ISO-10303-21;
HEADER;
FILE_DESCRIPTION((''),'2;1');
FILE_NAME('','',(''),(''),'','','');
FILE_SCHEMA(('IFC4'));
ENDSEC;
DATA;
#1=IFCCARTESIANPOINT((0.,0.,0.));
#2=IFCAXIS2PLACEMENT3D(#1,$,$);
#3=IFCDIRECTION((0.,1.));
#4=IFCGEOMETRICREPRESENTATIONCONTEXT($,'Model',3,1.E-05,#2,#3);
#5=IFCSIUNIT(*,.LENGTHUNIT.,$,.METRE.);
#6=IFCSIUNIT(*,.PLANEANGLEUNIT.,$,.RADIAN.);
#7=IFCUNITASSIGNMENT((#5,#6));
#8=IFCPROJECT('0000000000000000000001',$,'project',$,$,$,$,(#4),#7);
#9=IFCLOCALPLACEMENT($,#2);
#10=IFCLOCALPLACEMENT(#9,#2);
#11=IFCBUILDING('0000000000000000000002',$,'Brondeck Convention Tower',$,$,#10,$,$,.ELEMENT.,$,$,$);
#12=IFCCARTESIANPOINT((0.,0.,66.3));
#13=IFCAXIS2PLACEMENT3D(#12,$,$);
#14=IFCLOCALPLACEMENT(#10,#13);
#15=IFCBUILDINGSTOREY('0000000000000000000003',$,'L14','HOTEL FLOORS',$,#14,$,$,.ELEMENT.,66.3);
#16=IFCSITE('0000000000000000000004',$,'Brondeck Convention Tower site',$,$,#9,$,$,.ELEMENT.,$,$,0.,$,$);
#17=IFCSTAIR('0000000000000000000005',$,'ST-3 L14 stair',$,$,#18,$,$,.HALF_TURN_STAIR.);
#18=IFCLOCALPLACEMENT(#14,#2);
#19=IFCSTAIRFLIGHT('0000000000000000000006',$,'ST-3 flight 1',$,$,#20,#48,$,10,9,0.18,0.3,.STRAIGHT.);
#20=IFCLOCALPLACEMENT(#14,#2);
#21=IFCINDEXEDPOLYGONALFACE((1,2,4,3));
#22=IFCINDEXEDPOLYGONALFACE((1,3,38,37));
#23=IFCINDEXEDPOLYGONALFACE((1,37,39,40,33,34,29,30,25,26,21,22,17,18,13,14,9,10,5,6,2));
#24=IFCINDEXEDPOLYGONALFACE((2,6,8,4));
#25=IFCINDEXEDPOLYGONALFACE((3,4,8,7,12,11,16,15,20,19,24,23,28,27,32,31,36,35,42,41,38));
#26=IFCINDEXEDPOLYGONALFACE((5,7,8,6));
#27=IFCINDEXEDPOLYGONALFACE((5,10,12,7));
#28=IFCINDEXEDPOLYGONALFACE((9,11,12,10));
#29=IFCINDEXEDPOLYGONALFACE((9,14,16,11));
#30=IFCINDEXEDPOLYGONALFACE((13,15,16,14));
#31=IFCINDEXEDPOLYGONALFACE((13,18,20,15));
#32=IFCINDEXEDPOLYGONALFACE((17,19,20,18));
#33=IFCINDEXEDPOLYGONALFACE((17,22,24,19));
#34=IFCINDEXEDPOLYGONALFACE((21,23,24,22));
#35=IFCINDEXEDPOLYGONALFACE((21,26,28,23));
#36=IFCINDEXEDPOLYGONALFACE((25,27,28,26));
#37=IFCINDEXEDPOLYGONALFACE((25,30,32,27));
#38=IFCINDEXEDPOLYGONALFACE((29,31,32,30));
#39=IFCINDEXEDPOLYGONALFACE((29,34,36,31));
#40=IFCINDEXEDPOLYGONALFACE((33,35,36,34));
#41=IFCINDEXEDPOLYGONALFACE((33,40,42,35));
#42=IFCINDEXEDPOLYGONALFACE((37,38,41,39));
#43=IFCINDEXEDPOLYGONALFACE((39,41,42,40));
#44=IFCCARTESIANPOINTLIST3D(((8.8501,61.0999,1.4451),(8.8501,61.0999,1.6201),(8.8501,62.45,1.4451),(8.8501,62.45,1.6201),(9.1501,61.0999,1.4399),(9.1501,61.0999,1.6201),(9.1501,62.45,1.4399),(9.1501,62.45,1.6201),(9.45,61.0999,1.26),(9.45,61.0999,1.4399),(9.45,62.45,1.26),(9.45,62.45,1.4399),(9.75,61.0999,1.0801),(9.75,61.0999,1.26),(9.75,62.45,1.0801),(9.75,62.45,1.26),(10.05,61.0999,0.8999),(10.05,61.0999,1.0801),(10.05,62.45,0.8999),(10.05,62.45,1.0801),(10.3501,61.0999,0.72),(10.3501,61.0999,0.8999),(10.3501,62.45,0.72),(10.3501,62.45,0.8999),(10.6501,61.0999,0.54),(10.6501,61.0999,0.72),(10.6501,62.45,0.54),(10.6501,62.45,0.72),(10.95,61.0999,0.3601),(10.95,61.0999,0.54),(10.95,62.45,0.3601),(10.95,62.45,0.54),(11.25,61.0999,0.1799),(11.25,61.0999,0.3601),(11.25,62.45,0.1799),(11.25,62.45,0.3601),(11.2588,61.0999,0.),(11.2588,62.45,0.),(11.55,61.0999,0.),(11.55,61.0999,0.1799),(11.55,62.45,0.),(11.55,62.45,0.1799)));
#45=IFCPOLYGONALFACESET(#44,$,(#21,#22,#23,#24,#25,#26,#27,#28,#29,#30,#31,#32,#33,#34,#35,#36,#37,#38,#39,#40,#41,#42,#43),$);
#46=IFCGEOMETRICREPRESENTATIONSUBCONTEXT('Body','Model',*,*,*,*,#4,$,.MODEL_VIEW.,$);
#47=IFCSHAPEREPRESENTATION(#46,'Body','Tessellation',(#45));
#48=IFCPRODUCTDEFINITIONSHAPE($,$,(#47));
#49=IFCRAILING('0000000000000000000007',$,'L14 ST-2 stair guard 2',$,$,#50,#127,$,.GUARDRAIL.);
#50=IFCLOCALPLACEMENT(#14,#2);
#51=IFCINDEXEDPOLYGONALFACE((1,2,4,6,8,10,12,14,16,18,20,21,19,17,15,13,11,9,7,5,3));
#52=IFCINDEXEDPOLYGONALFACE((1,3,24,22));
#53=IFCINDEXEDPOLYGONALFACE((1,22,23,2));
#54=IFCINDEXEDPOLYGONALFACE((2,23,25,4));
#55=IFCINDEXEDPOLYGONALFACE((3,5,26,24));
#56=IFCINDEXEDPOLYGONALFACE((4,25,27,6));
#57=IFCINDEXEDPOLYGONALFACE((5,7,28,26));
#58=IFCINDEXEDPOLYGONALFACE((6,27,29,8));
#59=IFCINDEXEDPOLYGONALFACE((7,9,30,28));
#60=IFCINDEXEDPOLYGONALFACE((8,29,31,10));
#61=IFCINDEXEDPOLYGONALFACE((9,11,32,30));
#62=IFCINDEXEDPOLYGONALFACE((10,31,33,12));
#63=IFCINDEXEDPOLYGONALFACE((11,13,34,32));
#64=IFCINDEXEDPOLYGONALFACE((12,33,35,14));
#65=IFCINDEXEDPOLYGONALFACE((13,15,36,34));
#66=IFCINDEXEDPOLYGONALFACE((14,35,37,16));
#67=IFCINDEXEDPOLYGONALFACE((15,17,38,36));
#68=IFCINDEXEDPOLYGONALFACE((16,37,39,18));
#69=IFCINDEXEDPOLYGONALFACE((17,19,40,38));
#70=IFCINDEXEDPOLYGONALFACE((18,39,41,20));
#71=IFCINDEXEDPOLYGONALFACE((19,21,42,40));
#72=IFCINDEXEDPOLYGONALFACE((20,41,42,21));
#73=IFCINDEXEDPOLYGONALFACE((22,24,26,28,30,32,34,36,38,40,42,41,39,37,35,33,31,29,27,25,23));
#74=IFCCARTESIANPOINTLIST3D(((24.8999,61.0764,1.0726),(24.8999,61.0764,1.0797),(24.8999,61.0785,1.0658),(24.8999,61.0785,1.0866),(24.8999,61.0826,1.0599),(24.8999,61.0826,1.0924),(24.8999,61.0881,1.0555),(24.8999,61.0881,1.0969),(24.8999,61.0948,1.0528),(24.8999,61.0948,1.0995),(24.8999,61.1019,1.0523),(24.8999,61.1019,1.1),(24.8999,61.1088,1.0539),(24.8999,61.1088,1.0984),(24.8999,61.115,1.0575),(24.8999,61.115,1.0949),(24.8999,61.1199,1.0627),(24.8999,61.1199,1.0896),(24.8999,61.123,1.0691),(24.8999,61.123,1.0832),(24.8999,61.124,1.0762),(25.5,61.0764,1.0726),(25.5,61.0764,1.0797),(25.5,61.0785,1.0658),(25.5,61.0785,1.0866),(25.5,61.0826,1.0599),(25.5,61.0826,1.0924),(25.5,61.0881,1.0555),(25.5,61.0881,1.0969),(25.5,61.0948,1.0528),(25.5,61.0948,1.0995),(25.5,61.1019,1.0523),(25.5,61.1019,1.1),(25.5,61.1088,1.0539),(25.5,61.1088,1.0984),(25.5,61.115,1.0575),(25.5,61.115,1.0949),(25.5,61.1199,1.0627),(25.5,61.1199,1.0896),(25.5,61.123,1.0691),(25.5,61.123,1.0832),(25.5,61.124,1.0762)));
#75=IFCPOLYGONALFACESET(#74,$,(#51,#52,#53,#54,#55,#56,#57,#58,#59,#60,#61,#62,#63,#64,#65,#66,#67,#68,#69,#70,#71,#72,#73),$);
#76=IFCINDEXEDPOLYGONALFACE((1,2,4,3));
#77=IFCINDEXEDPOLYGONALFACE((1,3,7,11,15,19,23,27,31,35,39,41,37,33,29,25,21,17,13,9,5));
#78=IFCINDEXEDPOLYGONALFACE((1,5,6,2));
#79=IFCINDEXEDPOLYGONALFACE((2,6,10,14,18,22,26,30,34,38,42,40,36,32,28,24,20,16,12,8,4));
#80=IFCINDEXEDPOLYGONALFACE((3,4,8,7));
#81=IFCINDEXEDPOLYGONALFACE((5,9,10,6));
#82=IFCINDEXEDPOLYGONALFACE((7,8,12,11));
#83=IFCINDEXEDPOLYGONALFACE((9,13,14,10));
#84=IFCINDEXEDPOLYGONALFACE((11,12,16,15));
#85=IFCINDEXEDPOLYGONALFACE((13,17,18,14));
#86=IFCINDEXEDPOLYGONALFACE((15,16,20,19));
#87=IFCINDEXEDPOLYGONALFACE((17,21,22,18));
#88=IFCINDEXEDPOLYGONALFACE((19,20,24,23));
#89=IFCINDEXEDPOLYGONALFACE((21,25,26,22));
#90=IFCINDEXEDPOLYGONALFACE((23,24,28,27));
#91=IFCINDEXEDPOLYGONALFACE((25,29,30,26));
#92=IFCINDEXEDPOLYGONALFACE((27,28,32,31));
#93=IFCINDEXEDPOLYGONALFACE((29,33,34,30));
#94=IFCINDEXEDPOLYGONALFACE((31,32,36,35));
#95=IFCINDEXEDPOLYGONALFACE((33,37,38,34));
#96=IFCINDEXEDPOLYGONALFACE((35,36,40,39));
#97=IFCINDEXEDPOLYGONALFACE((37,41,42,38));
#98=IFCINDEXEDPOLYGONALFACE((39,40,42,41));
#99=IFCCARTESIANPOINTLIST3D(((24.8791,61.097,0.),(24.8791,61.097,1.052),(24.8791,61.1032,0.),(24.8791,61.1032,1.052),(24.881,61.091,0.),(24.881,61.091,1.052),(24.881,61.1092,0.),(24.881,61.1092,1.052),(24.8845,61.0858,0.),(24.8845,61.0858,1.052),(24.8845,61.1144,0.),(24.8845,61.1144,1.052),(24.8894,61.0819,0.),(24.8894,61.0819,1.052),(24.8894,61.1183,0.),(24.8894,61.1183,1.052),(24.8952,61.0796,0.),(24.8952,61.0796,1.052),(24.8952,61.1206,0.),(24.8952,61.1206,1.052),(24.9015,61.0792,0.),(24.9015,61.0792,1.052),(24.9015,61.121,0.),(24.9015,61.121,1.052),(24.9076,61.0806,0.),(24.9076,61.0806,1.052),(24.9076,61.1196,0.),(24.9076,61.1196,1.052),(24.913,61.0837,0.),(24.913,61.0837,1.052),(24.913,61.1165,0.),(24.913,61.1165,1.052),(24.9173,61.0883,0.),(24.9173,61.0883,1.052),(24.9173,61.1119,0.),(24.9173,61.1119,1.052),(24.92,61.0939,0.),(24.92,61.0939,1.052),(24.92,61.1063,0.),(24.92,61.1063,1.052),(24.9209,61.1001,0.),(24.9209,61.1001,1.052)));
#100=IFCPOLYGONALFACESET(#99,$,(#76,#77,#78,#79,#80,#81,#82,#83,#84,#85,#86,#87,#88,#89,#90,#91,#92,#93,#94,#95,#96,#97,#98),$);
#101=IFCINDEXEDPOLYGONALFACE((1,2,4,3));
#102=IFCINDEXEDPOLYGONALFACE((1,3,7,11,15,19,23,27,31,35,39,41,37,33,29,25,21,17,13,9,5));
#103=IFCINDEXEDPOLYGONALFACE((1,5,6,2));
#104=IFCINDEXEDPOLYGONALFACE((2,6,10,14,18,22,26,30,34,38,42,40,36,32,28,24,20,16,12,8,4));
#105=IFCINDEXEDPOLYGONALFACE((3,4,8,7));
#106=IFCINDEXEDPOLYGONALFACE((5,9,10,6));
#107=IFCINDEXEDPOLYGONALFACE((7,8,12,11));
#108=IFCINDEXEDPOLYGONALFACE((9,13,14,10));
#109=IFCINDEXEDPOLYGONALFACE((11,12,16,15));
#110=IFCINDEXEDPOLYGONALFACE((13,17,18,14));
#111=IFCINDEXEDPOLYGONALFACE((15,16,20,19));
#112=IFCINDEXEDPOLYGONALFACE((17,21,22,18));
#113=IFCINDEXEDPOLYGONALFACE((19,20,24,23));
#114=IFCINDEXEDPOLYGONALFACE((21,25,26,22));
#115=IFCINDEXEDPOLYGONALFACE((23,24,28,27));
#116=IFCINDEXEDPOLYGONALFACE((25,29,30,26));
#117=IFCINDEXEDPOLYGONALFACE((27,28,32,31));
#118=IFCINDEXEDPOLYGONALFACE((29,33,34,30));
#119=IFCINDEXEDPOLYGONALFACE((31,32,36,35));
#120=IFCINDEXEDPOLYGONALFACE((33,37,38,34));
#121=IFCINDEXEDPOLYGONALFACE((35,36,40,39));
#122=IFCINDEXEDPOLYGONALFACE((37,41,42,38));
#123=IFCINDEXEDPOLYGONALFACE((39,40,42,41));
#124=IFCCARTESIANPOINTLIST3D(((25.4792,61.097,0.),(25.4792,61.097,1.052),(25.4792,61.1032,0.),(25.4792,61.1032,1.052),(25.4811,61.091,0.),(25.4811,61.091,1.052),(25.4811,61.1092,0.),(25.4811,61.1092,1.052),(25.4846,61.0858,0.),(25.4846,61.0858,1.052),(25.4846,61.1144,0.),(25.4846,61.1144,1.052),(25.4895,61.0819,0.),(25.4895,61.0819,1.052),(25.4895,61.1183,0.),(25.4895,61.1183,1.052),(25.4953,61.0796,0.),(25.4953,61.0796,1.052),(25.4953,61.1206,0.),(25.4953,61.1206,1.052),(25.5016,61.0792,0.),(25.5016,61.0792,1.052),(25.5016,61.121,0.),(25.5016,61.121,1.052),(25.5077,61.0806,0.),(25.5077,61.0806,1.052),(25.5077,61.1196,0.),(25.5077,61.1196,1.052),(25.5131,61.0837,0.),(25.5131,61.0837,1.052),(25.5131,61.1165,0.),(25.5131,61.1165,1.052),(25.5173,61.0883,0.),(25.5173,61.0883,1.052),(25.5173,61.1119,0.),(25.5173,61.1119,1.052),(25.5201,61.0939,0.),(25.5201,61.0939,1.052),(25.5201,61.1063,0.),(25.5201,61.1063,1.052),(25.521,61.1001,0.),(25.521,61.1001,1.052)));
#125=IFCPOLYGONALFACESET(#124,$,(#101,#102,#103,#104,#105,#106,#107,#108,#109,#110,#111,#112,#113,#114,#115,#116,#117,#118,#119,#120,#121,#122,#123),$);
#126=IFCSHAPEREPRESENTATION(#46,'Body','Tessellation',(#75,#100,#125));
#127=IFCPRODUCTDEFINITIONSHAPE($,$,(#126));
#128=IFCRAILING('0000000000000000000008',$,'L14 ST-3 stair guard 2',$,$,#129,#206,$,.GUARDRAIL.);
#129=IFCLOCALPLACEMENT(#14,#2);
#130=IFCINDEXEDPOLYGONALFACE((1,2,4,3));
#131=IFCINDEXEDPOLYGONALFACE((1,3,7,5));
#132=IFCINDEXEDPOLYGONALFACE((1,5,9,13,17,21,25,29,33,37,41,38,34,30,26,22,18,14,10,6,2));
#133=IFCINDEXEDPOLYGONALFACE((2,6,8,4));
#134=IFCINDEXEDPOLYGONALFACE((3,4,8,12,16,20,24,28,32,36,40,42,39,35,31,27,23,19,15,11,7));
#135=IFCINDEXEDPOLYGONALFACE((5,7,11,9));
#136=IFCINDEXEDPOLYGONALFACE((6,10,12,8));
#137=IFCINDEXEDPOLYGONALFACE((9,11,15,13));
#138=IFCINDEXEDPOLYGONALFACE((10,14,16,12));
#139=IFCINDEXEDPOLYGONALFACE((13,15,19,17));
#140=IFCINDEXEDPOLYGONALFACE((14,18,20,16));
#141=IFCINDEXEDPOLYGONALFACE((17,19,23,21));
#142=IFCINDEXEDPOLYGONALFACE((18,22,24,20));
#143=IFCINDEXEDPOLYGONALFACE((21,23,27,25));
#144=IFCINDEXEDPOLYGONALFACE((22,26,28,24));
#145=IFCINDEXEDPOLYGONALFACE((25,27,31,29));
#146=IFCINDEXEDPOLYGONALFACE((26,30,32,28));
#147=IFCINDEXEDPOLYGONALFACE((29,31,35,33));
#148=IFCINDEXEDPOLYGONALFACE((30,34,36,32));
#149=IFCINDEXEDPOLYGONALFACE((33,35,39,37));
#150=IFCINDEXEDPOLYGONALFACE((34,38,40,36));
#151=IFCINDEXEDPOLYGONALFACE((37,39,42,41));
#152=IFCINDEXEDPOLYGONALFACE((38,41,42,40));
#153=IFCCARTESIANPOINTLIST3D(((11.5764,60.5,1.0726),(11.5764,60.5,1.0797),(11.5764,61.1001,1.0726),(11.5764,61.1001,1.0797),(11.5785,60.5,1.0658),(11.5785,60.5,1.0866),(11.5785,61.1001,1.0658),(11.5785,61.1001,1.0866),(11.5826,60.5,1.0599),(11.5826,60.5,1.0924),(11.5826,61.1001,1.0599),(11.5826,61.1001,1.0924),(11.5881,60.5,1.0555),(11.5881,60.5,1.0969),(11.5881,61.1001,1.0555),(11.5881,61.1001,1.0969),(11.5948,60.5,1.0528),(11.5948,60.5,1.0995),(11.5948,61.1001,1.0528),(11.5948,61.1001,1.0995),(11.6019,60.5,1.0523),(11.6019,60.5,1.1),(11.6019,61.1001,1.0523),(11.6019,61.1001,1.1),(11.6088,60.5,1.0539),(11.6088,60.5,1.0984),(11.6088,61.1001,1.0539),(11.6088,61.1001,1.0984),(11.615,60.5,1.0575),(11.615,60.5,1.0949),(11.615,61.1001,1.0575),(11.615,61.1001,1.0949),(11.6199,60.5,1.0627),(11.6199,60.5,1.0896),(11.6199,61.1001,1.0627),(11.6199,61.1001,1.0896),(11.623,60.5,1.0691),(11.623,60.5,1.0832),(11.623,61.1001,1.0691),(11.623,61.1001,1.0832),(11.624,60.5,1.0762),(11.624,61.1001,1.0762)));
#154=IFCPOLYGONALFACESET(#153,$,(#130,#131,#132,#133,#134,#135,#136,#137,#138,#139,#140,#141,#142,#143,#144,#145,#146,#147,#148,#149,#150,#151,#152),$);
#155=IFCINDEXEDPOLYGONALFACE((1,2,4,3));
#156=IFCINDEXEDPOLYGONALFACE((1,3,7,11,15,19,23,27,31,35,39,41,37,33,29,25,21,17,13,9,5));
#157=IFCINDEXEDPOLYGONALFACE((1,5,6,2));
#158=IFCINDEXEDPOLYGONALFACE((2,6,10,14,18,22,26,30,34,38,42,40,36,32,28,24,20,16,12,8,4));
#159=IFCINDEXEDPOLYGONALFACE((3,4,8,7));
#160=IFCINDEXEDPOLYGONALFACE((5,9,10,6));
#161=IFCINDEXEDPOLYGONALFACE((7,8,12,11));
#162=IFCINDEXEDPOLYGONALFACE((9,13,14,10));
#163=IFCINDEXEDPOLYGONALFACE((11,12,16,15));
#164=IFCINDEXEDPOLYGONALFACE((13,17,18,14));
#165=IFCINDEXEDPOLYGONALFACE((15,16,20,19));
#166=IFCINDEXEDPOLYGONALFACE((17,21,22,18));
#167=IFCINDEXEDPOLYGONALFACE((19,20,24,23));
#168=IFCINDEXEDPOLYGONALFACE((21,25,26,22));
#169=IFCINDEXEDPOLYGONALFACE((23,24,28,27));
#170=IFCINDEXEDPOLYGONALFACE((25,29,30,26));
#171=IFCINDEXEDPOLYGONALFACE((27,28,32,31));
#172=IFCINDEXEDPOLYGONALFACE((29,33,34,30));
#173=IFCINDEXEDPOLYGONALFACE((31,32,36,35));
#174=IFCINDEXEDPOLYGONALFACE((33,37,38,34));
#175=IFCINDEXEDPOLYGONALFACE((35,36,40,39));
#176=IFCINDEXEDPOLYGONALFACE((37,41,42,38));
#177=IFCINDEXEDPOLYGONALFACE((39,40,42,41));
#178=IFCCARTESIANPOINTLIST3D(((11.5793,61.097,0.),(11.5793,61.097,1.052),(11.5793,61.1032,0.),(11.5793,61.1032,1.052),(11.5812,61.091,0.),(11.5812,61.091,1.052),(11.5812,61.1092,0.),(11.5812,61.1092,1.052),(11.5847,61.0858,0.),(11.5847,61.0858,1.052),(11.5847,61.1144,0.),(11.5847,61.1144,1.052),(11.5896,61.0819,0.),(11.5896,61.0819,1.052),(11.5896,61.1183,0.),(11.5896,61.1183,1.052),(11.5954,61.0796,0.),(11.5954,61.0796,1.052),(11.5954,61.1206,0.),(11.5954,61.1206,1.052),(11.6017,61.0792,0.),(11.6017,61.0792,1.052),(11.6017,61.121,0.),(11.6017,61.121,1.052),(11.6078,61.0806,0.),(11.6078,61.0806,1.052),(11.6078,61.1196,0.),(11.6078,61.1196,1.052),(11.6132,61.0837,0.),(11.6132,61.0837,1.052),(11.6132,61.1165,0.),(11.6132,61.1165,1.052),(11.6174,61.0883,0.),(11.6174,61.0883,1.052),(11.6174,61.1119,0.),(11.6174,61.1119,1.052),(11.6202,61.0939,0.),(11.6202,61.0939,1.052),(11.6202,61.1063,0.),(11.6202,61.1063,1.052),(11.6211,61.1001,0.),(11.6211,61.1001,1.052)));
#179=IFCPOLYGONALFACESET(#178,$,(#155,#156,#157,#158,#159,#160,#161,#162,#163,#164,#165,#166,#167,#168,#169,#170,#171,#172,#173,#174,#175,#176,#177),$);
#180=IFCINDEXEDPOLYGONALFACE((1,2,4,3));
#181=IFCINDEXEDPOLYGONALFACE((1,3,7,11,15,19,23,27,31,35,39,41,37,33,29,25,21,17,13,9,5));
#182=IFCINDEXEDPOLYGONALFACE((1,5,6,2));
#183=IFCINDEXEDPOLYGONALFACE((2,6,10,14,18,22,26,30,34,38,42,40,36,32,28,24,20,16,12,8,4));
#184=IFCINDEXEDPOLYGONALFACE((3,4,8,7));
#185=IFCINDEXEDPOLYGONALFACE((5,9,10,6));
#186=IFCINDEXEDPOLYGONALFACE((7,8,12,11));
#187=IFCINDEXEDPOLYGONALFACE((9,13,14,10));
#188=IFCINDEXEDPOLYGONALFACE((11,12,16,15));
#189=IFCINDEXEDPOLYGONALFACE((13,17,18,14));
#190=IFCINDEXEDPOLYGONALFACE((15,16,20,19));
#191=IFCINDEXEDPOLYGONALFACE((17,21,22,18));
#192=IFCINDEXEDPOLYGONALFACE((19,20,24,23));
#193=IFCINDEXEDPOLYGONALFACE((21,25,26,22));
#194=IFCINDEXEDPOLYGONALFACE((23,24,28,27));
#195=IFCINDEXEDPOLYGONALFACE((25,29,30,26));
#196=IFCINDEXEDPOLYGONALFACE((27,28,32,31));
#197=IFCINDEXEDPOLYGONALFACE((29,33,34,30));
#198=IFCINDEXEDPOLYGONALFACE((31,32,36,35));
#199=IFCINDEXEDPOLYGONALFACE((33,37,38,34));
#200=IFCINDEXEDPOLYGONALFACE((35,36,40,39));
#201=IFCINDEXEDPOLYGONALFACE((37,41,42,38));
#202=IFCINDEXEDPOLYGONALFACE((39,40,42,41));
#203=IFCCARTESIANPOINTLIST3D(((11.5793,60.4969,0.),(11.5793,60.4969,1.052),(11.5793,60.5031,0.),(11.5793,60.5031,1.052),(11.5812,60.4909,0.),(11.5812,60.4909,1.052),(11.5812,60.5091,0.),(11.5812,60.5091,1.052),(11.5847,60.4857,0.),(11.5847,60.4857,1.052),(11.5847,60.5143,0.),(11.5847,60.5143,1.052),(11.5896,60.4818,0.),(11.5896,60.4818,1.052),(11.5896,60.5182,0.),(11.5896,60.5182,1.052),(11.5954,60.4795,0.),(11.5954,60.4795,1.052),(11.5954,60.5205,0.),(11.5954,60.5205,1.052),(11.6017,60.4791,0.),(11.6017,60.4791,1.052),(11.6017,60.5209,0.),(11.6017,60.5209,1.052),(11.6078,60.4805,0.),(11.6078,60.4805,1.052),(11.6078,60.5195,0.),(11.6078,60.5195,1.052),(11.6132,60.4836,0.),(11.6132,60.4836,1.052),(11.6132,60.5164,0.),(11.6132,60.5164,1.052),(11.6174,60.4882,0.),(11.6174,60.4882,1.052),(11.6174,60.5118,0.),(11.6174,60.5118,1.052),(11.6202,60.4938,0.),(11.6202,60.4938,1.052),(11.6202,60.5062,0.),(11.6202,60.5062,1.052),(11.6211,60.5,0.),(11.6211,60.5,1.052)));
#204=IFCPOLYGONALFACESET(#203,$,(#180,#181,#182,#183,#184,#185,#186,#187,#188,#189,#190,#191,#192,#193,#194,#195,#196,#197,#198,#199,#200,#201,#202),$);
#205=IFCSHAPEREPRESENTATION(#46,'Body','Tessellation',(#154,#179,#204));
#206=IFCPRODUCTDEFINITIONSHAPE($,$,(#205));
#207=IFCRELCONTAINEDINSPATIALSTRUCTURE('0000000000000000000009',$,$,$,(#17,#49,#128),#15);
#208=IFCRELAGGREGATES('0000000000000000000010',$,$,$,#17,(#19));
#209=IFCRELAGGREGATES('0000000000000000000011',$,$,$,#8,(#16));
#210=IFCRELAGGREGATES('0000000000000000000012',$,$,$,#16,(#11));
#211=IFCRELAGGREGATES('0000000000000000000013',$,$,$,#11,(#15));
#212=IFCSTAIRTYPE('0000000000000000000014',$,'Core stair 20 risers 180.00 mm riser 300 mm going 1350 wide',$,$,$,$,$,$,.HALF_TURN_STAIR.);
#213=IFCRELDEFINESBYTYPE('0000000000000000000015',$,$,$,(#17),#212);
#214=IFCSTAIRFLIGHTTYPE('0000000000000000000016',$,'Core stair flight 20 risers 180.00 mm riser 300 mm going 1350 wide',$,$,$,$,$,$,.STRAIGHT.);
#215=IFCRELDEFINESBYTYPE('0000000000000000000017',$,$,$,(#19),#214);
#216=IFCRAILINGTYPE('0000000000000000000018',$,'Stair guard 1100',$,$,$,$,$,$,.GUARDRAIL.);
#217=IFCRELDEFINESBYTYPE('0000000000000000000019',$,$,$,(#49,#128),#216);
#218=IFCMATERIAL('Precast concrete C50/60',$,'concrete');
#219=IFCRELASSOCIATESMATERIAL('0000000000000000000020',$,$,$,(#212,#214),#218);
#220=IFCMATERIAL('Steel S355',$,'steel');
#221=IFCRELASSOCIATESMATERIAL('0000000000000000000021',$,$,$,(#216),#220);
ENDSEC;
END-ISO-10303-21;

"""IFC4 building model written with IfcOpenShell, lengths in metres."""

from ifc_helpers import new_model, si_unit, direction, frame, origin, origin_2d, place, context, subcontext, project, spatial, polyline, circle, outline, extrude, material, type_object, element, aggregate, save


model = new_model("IFC4")

# Units and contexts
model_context = context("Model", 3, precision=1e-05, world=origin(), true_north=direction((0.0, 1.0)))
body_context = subcontext(model_context, "Body", "Model", "MODEL_VIEW")
ifc_project = project(units=[si_unit("LENGTHUNIT", "METRE"), si_unit("PLANEANGLEUNIT", "RADIAN")], contexts=[model_context])

# Site, building, storey
site_placement = place(None, origin())
site = spatial("IfcSite", under=ifc_project, at=site_placement, Name="Brondeck Convention Tower site", CompositionType="ELEMENT", RefElevation=0.0)
building_placement = place(site_placement, origin())
building = spatial("IfcBuilding", under=site, at=building_placement, Name="Brondeck Convention Tower", CompositionType="ELEMENT")
storey_placement = place(building_placement, frame((0.0, 0.0, 66.3)))
storey = spatial("IfcBuildingStorey", under=building, at=storey_placement, Name="L14", Description="HOTEL FLOORS", CompositionType="ELEMENT", Elevation=66.3)

# Shared definitions
ifc_material_1 = material(Name="Precast concrete C50/60", Category="concrete")
stair_type = type_object("IfcStairType", Name="Core stair 20 risers 180.00 mm riser 300 mm going 1350 wide", PredefinedType="HALF_TURN_STAIR", material=ifc_material_1)
stair_flight_type = type_object("IfcStairFlightType", Name="Core stair flight 20 risers 180.00 mm riser 300 mm going 1350 wide", PredefinedType="STRAIGHT", material=ifc_material_1)

# Stair, stair flight
stair_1_placement = place(storey_placement, origin())
stair_1 = element("IfcStair", 1, at=stair_1_placement, inside=storey, type_object=stair_type, Name="ST-3 L14 stair", PredefinedType="HALF_TURN_STAIR")
stair_flight_1_placement = place(storey_placement, frame((11.55, 61.7749, 0.0), z_axis=(0.0, 0.0, 1.0), x_axis=(-1.0, 0.0, 0.0)))
stair_flight_1 = element("IfcStairFlight", 2, at=stair_flight_1_placement, type_object=stair_flight_type, Name="ST-3 flight 1", NumberOfRisers=10, NumberOfTreads=9, PredefinedType="STRAIGHT", RiserHeight=0.18, TreadLength=0.3, context=body_context, shape_type="SweptSolid", body=[
    extrude(outline(polyline([(0.0, 0.0), (0.0, 0.1799), (0.3, 0.1799), (0.3, 0.3601), (0.6001, 0.3601), (0.6001, 0.54), (0.8999, 0.54), (0.8999, 0.72), (1.2, 0.72), (1.2, 0.8999), (1.5, 0.8999), (1.5, 1.0801), (1.8, 1.0801), (1.8, 1.26), (2.1001, 1.26), (2.1001, 1.4399), (2.3999, 1.4399), (2.3999, 1.6201), (2.7, 1.6201), (2.7, 1.8), (2.7, 1.4451), (0.2913, 0.0), (0.0, 0.0)])), frame((0.0, 0.675, 0.0), z_axis=(0.0, -1.0, 0.0), x_axis=(1.0, 0.0, 0.0)), (0.0, 0.0, 1.0), 1.3501),
])
aggregate(stair_1, [stair_flight_1])

# Railings
ifc_material_2 = material(Name="Steel S355", Category="steel")
railing_type_1 = type_object("IfcRailingType", Name="Stair guard 1100", PredefinedType="GUARDRAIL", material=ifc_material_2)
railing_1_placement = place(storey_placement, frame((24.8999, 61.1001, 0.0)))
element("IfcRailing", 3, at=railing_1_placement, inside=storey, type_object=railing_type_1, Name="L14 ST-2 stair guard 2", PredefinedType="GUARDRAIL", context=body_context, shape_type="SweptSolid", body=[
    extrude(circle(Radius=0.0239, at=origin_2d()), frame((0.0, 0.0, 1.0762), z_axis=(1.0, 0.0, 0.0), x_axis=(0.0, 1.0, 0.0)), (0.0, 0.0, 1.0), 0.6001),
    extrude(circle(Radius=0.021, at=origin_2d()), origin(), (0.0, 0.0, 1.0), 1.052),
    extrude(circle(Radius=0.021, at=origin_2d()), frame((0.6001, 0.0, 0.0)), (0.0, 0.0, 1.0), 1.052),
])
railing_2_placement = place(storey_placement, frame((11.6001, 61.1001, 0.0)))
element("IfcRailing", 4, at=railing_2_placement, inside=storey, type_object=railing_type_1, Name="L14 ST-3 stair guard 2", PredefinedType="GUARDRAIL", context=body_context, shape_type="SweptSolid", body=[
    extrude(circle(Radius=0.0239, at=origin_2d()), frame((0.0, 0.0, 1.0762), z_axis=(0.0, -1.0, 0.0), x_axis=(1.0, 0.0, 0.0)), (0.0, 0.0, 1.0), 0.6001),
    extrude(circle(Radius=0.021, at=origin_2d()), origin(), (0.0, 0.0, 1.0), 1.052),
    extrude(circle(Radius=0.021, at=origin_2d()), frame((0.0, -0.6001, 0.0)), (0.0, 0.0, 1.0), 1.052),
])

save(model, "model.ifc")
